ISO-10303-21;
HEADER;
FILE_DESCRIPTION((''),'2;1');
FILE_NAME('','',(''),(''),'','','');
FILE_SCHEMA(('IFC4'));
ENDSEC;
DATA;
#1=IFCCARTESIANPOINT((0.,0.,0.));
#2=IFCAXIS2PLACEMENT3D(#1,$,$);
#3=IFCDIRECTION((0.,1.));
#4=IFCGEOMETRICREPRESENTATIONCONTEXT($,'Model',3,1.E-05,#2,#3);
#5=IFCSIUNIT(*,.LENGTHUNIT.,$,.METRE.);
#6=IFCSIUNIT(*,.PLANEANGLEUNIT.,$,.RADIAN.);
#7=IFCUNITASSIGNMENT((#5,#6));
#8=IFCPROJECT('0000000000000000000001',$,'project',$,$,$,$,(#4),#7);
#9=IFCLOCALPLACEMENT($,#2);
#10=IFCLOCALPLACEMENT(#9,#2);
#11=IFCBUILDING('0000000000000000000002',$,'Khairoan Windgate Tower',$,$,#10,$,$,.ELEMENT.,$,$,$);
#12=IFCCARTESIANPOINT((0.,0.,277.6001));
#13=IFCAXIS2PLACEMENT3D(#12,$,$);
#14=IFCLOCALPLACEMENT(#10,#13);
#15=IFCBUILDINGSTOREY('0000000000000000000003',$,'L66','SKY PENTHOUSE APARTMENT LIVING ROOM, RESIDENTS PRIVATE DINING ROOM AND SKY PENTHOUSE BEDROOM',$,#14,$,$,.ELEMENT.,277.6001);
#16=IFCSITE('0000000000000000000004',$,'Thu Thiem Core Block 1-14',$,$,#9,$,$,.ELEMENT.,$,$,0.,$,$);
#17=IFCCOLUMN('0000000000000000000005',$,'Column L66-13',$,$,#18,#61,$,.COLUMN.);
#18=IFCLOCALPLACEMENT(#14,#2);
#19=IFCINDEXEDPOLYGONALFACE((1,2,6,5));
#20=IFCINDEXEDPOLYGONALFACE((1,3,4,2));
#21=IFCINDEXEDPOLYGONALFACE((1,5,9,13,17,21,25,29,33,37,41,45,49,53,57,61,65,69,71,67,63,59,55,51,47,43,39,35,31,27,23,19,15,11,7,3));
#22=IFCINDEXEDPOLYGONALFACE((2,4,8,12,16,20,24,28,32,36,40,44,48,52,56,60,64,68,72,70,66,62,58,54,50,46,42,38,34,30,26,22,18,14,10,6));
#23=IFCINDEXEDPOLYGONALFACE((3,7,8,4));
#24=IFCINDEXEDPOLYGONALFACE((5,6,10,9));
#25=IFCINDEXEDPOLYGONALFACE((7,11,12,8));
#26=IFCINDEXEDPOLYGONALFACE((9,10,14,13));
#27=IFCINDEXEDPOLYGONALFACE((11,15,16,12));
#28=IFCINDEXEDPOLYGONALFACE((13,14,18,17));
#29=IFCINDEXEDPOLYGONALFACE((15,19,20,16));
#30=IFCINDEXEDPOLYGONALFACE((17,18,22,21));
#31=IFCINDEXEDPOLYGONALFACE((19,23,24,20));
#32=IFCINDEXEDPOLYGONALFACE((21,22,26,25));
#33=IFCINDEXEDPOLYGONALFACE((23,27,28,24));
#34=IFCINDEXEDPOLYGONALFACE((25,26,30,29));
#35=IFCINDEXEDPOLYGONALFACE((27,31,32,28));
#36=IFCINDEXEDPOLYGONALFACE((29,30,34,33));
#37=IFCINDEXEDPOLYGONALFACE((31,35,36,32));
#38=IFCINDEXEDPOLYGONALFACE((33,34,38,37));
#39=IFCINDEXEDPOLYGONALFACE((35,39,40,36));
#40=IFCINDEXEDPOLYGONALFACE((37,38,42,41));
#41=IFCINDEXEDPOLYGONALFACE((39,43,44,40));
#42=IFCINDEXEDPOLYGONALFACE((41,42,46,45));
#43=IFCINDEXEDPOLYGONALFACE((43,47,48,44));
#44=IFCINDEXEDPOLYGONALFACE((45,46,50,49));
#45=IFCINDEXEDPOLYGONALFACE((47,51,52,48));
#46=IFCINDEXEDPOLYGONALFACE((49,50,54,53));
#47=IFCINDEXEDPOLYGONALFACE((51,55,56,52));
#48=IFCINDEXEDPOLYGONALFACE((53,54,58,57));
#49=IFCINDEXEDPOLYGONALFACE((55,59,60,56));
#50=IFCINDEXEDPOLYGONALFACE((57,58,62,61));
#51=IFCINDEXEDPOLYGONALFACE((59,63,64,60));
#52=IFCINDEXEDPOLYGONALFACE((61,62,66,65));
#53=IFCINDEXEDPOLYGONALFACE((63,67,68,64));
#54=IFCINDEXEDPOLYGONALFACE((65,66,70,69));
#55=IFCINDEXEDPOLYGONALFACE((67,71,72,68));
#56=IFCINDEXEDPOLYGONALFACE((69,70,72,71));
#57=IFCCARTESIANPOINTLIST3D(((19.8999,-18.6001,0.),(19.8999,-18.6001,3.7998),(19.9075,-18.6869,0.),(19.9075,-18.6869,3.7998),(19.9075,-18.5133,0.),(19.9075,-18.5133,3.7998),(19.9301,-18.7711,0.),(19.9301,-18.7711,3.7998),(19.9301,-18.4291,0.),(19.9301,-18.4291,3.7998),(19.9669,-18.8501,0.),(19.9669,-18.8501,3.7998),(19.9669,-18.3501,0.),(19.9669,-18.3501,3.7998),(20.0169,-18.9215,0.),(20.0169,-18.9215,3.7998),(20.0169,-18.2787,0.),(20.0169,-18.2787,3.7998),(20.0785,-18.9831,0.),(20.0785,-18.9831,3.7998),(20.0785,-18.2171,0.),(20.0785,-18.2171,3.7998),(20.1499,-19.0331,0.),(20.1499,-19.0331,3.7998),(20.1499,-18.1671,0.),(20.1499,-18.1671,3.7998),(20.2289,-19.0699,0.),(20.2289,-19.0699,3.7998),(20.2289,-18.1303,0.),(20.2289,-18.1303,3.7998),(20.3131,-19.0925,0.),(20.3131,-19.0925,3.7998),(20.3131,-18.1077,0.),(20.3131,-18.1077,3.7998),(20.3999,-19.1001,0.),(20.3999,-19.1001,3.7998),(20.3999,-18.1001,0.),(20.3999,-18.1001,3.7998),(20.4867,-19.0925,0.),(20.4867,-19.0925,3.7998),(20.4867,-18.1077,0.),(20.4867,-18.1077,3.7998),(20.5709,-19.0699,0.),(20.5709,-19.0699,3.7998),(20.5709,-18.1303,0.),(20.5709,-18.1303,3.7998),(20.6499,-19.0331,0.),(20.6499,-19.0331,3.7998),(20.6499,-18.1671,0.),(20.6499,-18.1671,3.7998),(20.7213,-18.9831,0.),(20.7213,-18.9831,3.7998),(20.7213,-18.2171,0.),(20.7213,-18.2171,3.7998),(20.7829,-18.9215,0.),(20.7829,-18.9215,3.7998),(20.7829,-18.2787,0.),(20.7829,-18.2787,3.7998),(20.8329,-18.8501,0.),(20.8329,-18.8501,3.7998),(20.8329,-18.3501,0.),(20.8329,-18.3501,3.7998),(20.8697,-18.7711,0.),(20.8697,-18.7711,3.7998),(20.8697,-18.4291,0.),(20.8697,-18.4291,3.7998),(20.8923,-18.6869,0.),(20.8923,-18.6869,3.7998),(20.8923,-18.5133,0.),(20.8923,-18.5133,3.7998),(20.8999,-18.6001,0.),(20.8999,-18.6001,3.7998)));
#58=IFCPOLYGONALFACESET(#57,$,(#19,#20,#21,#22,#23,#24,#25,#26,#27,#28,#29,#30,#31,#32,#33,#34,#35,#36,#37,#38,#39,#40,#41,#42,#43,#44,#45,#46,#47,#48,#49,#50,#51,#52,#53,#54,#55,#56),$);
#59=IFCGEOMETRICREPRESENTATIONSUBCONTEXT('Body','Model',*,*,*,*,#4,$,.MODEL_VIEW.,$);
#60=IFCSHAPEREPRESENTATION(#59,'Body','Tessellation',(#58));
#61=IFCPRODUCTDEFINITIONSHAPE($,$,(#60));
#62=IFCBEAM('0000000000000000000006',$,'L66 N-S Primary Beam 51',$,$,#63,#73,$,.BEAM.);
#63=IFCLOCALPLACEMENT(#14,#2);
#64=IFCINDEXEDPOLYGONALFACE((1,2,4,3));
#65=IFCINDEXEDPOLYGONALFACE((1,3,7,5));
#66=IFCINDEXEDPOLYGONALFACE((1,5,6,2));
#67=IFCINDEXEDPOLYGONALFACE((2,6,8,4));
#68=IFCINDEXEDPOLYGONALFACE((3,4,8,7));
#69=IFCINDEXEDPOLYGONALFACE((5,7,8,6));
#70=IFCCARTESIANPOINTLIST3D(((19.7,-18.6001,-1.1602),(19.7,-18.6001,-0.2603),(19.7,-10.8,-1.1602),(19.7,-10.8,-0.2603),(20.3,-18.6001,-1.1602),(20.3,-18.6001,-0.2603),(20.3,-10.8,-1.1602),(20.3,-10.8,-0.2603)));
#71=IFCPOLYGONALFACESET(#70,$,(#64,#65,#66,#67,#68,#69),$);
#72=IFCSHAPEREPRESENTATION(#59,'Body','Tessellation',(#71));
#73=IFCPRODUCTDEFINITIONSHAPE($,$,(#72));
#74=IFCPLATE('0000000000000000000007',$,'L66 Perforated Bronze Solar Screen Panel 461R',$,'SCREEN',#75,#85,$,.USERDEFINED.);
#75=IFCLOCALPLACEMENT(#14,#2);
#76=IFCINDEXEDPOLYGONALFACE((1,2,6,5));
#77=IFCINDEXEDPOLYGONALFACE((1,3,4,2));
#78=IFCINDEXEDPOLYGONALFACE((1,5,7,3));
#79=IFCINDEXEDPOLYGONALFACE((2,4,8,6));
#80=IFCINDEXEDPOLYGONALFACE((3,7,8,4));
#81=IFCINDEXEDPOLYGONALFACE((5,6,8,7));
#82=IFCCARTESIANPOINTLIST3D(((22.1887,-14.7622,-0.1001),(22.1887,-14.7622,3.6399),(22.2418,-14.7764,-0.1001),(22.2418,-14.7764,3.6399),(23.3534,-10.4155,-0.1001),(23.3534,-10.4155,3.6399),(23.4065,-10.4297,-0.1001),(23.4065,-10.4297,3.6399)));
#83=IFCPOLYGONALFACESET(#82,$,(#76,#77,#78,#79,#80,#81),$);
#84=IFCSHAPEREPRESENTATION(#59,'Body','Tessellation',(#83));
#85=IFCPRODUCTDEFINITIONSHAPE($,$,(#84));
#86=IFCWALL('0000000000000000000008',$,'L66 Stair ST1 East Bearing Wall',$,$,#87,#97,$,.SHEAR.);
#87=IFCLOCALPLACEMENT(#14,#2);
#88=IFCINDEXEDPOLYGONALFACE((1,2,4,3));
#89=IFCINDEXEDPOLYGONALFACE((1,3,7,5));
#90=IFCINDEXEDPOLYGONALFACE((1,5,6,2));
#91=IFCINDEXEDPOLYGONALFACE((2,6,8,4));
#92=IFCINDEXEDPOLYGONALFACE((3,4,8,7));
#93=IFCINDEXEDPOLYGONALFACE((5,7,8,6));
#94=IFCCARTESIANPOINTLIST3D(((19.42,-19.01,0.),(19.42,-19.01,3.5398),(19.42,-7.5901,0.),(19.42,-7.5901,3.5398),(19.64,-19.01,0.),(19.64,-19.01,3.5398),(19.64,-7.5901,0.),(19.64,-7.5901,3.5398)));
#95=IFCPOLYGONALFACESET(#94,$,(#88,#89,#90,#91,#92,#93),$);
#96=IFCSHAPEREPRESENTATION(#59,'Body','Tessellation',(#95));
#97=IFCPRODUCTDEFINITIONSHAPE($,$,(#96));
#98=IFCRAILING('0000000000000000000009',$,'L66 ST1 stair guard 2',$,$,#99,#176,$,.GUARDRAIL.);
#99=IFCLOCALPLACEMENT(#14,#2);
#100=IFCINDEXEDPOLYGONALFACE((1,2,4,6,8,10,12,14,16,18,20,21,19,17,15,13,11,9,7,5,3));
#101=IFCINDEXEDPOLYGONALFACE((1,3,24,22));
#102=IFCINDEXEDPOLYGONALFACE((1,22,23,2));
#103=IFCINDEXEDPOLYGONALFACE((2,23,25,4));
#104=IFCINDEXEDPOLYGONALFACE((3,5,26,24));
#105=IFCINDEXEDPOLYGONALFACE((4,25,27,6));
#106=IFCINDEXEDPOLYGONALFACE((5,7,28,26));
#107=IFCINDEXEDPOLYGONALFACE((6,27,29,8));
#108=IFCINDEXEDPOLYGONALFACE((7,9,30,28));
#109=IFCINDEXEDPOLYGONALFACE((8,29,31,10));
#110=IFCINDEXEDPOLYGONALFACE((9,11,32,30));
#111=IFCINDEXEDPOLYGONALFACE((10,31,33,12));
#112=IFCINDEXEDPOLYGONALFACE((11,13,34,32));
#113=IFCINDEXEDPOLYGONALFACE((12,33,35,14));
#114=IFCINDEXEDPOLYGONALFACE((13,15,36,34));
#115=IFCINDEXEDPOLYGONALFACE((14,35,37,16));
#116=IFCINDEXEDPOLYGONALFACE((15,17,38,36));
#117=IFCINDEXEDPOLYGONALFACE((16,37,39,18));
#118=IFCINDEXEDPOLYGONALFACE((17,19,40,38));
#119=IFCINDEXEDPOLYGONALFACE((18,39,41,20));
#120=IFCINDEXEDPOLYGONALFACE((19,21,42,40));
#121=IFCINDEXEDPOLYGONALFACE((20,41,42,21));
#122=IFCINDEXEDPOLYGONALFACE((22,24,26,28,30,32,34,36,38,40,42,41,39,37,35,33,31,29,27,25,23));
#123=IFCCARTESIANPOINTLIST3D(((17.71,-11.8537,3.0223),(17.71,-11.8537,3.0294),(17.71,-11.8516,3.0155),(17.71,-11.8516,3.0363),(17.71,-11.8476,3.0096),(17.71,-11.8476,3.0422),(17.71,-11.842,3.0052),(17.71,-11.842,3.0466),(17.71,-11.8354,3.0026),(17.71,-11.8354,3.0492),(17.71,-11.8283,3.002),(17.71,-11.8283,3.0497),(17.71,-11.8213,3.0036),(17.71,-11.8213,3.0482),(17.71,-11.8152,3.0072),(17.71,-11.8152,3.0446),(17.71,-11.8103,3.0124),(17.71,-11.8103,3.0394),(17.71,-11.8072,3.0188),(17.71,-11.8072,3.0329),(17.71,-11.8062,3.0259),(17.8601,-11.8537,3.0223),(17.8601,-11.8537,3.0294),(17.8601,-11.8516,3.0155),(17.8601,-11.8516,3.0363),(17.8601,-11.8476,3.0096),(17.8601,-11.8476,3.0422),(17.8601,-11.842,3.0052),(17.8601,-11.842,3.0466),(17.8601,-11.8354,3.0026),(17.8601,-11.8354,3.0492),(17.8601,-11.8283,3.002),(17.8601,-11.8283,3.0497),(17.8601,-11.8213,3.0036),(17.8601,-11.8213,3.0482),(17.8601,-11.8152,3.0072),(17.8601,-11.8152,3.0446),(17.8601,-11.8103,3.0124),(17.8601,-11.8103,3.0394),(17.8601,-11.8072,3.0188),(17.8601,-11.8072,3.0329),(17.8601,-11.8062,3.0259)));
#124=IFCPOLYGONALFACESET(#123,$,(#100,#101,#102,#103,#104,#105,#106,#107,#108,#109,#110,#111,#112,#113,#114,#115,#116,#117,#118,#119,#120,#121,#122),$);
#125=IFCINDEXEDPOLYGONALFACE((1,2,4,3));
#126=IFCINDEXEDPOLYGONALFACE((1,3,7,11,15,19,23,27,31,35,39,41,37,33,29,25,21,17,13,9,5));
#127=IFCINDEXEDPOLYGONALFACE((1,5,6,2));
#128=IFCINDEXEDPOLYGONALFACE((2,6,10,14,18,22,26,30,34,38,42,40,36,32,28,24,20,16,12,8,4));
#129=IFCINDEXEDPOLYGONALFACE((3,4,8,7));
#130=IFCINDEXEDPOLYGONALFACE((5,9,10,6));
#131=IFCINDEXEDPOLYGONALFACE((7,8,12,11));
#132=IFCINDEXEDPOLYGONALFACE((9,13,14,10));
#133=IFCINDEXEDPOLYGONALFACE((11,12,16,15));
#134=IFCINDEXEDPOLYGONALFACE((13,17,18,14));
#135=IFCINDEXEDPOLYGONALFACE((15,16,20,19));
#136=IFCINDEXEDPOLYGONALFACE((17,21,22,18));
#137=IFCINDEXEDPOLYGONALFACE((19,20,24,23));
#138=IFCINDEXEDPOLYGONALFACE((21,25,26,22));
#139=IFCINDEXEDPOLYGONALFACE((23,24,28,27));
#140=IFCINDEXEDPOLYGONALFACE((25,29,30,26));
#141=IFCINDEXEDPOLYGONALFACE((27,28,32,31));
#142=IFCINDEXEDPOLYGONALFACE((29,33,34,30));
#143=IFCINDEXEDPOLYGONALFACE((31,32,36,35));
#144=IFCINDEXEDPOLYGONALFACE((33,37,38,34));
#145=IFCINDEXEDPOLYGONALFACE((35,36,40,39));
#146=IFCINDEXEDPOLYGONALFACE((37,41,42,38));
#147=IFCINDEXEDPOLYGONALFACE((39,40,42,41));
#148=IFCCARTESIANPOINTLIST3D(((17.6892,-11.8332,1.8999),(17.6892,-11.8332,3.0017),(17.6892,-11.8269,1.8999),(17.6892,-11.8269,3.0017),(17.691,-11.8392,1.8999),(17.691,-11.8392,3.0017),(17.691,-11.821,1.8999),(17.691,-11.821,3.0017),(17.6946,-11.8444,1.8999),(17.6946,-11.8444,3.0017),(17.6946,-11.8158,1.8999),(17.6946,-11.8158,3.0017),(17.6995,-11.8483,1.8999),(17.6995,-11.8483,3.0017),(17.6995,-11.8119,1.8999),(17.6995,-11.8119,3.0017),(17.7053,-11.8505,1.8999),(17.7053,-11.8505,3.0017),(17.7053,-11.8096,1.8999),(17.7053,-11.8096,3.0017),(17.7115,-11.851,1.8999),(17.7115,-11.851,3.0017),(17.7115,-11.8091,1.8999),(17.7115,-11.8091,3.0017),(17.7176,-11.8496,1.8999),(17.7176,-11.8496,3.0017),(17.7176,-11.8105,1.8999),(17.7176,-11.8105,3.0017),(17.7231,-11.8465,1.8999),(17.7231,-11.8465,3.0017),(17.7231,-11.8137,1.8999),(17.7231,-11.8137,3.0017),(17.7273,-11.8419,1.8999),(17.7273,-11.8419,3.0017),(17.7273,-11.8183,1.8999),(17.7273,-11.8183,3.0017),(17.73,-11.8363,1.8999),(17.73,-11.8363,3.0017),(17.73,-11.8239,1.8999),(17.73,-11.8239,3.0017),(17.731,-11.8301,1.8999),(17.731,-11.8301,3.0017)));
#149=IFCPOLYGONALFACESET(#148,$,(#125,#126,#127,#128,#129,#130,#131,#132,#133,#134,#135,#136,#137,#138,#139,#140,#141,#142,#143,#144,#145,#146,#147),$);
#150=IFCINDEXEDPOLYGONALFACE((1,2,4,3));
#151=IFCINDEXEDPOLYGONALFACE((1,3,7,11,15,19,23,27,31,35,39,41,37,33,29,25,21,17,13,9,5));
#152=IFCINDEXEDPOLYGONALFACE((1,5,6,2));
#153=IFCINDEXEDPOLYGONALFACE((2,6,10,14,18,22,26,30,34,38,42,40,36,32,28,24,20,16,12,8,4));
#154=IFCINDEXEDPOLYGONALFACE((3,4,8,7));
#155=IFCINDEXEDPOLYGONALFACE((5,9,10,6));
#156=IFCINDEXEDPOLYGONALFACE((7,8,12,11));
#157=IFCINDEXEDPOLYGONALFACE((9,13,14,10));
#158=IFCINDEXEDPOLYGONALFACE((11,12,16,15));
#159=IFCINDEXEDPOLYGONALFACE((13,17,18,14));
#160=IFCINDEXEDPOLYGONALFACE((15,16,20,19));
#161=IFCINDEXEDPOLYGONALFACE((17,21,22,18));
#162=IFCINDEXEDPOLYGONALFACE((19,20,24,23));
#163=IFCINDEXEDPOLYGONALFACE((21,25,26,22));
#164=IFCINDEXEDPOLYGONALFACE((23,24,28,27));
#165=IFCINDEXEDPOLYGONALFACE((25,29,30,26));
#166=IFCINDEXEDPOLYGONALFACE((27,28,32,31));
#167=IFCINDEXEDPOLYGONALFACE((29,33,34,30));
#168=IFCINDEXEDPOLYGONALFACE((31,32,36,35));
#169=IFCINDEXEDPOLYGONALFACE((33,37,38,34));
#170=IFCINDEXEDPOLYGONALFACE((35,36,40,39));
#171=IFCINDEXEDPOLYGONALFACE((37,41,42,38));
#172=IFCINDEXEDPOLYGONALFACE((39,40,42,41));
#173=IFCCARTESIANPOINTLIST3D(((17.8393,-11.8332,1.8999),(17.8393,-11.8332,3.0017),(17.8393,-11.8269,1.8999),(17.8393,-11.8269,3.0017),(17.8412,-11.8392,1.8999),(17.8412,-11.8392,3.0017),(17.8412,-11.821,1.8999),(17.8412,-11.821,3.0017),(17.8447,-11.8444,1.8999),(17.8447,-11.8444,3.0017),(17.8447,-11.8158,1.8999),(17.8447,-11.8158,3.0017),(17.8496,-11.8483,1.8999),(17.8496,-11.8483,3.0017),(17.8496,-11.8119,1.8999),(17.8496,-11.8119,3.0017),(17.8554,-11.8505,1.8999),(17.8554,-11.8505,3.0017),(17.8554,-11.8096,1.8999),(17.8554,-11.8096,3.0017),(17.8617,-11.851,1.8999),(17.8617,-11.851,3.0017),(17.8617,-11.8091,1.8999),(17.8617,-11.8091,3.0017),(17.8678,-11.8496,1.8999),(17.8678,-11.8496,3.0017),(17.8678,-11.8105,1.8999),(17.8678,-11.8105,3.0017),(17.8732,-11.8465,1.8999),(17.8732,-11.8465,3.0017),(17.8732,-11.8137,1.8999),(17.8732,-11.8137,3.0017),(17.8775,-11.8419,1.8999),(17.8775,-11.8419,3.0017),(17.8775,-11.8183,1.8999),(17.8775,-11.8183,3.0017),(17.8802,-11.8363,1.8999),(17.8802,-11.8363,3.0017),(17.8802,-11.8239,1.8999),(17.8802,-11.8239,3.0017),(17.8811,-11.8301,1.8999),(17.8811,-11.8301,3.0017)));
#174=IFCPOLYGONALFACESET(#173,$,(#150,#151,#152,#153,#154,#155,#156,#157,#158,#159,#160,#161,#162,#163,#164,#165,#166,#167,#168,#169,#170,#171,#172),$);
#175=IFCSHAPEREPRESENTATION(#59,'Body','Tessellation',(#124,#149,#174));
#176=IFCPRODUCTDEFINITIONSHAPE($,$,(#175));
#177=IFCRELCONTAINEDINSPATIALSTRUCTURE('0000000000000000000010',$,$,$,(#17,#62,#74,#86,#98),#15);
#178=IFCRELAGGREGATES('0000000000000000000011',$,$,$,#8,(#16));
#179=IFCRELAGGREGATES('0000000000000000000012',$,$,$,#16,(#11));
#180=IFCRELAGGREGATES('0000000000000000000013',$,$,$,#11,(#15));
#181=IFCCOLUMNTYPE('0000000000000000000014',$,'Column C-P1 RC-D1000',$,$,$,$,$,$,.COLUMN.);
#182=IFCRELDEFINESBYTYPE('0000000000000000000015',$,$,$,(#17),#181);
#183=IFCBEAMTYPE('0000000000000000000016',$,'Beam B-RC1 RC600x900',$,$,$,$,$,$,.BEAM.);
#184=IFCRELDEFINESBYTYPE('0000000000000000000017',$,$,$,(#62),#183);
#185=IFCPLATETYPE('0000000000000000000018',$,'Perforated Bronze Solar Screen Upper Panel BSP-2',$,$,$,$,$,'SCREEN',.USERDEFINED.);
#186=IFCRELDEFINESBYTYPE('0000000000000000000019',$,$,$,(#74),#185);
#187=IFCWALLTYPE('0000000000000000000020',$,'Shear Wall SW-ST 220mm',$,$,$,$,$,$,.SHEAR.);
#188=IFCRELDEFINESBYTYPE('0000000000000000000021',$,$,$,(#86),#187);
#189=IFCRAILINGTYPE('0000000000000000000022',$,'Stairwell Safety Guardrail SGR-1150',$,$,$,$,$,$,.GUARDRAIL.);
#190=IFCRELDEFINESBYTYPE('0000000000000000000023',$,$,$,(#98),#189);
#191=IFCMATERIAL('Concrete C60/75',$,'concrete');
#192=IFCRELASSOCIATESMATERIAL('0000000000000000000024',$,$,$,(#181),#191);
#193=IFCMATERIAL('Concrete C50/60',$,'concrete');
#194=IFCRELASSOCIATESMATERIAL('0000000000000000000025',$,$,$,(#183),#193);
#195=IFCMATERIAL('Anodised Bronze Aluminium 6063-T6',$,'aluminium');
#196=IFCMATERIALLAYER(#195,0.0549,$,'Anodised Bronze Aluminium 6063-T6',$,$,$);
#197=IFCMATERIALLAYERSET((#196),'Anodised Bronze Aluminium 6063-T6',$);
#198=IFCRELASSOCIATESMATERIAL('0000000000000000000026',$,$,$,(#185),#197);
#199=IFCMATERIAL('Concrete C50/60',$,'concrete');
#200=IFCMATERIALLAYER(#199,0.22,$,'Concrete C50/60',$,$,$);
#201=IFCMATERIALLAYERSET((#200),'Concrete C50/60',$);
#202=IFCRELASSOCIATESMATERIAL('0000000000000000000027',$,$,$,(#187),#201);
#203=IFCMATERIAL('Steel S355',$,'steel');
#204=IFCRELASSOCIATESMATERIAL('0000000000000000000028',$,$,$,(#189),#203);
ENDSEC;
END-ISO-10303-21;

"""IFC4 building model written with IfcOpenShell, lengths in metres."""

from ifc_helpers import new_model, si_unit, direction, frame, frame_2d, origin, origin_2d, place, context, subcontext, project, spatial, rectangle, circle, extrude, material, layer, layer_set, material_profile, profile_set, type_object, element, save


model = new_model("IFC4")

# Units and contexts
model_context = context("Model", 3, precision=1e-05, world=origin(), true_north=direction((0.0, 1.0)))
body_context = subcontext(model_context, "Body", "Model", "MODEL_VIEW")
ifc_project = project(units=[si_unit("LENGTHUNIT", "METRE"), si_unit("PLANEANGLEUNIT", "RADIAN")], contexts=[model_context])

# Site, building, storey
site_placement = place(None, origin())
site = spatial("IfcSite", under=ifc_project, at=site_placement, Name="Thu Thiem Core Block 1-14", CompositionType="ELEMENT", RefElevation=0.0)
building_placement = place(site_placement, origin())
building = spatial("IfcBuilding", under=site, at=building_placement, Name="Khairoan Windgate Tower", CompositionType="ELEMENT")
storey_placement = place(building_placement, frame((0.0, 0.0, 277.6001)))
storey = spatial("IfcBuildingStorey", under=building, at=storey_placement, Name="L66", Description="SKY PENTHOUSE APARTMENT LIVING ROOM, RESIDENTS PRIVATE DINING ROOM AND SKY PENTHOUSE BEDROOM", CompositionType="ELEMENT", Elevation=277.6001)

# Column
ifc_material_1 = material(Name="Concrete C60/75", Category="concrete")
ifc_material_profile_1 = material_profile(ifc_material_1, circle(Radius=0.5, at=origin_2d()))
ifc_profile_set_1 = profile_set([ifc_material_profile_1], Name="Concrete C60/75")
column_type = type_object("IfcColumnType", Name="Column C-P1 RC-D1000", PredefinedType="COLUMN", material=ifc_profile_set_1)
column_placement = place(storey_placement, frame((20.3999, -18.6001, 0.0), z_axis=(0.0, 0.0, 1.0), x_axis=(1.0, 0.0, 0.0)))
element("IfcColumn", 1, at=column_placement, inside=storey, type_object=column_type, Name="Column L66-13", PredefinedType="COLUMN", context=body_context, shape_type="SweptSolid", body=[
    extrude(circle(Radius=0.5, at=origin_2d()), origin(), (0.0, 0.0, 1.0), 3.7998),
])

# Beam
ifc_material_2 = material(Name="Concrete C50/60", Category="concrete")
ifc_material_profile_2 = material_profile(ifc_material_2, rectangle(XDim=0.6001, YDim=0.8999, at=origin_2d()))
ifc_profile_set_2 = profile_set([ifc_material_profile_2], Name="Concrete C50/60")
beam_type = type_object("IfcBeamType", Name="Beam B-RC1 RC600x900", PredefinedType="BEAM", material=ifc_profile_set_2)
beam_placement = place(storey_placement, frame((20.0, -18.6001, -0.7102), z_axis=(0.0, 1.0, 0.0), x_axis=(-1.0, 0.0, 0.0)))
element("IfcBeam", 2, at=beam_placement, inside=storey, type_object=beam_type, Name="L66 N-S Primary Beam 51", PredefinedType="BEAM", context=body_context, shape_type="SweptSolid", body=[
    extrude(rectangle(XDim=0.6001, YDim=0.8999, at=origin_2d()), origin(), (0.0, 0.0, 1.0), 7.8),
])

# Plate
ifc_material_3 = material(Name="Anodised Bronze Aluminium 6063-T6", Category="aluminium")
ifc_layer_1 = layer(ifc_material_3, 0.0549, Name="Anodised Bronze Aluminium 6063-T6")
ifc_layer_set_1 = layer_set([ifc_layer_1], Name="Anodised Bronze Aluminium 6063-T6")
plate_type = type_object("IfcPlateType", Name="Perforated Bronze Solar Screen Upper Panel BSP-2", ElementType="SCREEN", PredefinedType="USERDEFINED", material=ifc_layer_set_1)
plate_placement = place(storey_placement, frame((22.7976, -12.5959, -0.1001), z_axis=(0.0, 0.0, 1.0), x_axis=(-0.258819, -0.965926, 0.0)))
element("IfcPlate", 3, at=plate_placement, inside=storey, type_object=plate_type, Name="L66 Perforated Bronze Solar Screen Panel 461R", ObjectType="SCREEN", PredefinedType="USERDEFINED", context=body_context, shape_type="SweptSolid", body=[
    extrude(rectangle(XDim=4.5, YDim=0.0549, at=origin_2d()), origin(), (0.0, 0.0, 1.0), 3.74),
])

# Wall
ifc_material_4 = material(Name="Concrete C50/60", Category="concrete")
ifc_layer_2 = layer(ifc_material_4, 0.22, Name="Concrete C50/60")
ifc_layer_set_2 = layer_set([ifc_layer_2], Name="Concrete C50/60")
wall_type = type_object("IfcWallType", Name="Shear Wall SW-ST 220mm", PredefinedType="SHEAR", material=ifc_layer_set_2)
wall_placement = place(storey_placement, frame((19.53, -19.01, 0.0), z_axis=(0.0, 0.0, 1.0), x_axis=(0.0, 1.0, 0.0)))
element("IfcWall", 4, at=wall_placement, inside=storey, type_object=wall_type, Name="L66 Stair ST1 East Bearing Wall", PredefinedType="SHEAR", context=body_context, shape_type="SweptSolid", body=[
    extrude(rectangle(XDim=11.4199, YDim=0.22, at=frame_2d((5.71, 0.0))), origin(), (0.0, 0.0, 1.0), 3.5398),
])

# Railing
ifc_material_5 = material(Name="Steel S355", Category="steel")
railing_type = type_object("IfcRailingType", Name="Stairwell Safety Guardrail SGR-1150", PredefinedType="GUARDRAIL", material=ifc_material_5)
railing_1_placement = place(storey_placement, frame((17.71, -11.8301, 1.8999)))
element("IfcRailing", 5, at=railing_1_placement, inside=storey, type_object=railing_type, Name="L66 ST1 stair guard 2", PredefinedType="GUARDRAIL", context=body_context, shape_type="SweptSolid", body=[
    extrude(circle(Radius=0.0239, at=origin_2d()), frame((0.0, 0.0, 1.126), z_axis=(1.0, 0.0, 0.0), x_axis=(0.0, 1.0, 0.0)), (0.0, 0.0, 1.0), 0.1501),
    extrude(circle(Radius=0.021, at=origin_2d()), origin(), (0.0, 0.0, 1.0), 1.1018),
    extrude(circle(Radius=0.021, at=origin_2d()), frame((0.1501, 0.0, 0.0)), (0.0, 0.0, 1.0), 1.1018),
])

save(model, "model.ifc")
